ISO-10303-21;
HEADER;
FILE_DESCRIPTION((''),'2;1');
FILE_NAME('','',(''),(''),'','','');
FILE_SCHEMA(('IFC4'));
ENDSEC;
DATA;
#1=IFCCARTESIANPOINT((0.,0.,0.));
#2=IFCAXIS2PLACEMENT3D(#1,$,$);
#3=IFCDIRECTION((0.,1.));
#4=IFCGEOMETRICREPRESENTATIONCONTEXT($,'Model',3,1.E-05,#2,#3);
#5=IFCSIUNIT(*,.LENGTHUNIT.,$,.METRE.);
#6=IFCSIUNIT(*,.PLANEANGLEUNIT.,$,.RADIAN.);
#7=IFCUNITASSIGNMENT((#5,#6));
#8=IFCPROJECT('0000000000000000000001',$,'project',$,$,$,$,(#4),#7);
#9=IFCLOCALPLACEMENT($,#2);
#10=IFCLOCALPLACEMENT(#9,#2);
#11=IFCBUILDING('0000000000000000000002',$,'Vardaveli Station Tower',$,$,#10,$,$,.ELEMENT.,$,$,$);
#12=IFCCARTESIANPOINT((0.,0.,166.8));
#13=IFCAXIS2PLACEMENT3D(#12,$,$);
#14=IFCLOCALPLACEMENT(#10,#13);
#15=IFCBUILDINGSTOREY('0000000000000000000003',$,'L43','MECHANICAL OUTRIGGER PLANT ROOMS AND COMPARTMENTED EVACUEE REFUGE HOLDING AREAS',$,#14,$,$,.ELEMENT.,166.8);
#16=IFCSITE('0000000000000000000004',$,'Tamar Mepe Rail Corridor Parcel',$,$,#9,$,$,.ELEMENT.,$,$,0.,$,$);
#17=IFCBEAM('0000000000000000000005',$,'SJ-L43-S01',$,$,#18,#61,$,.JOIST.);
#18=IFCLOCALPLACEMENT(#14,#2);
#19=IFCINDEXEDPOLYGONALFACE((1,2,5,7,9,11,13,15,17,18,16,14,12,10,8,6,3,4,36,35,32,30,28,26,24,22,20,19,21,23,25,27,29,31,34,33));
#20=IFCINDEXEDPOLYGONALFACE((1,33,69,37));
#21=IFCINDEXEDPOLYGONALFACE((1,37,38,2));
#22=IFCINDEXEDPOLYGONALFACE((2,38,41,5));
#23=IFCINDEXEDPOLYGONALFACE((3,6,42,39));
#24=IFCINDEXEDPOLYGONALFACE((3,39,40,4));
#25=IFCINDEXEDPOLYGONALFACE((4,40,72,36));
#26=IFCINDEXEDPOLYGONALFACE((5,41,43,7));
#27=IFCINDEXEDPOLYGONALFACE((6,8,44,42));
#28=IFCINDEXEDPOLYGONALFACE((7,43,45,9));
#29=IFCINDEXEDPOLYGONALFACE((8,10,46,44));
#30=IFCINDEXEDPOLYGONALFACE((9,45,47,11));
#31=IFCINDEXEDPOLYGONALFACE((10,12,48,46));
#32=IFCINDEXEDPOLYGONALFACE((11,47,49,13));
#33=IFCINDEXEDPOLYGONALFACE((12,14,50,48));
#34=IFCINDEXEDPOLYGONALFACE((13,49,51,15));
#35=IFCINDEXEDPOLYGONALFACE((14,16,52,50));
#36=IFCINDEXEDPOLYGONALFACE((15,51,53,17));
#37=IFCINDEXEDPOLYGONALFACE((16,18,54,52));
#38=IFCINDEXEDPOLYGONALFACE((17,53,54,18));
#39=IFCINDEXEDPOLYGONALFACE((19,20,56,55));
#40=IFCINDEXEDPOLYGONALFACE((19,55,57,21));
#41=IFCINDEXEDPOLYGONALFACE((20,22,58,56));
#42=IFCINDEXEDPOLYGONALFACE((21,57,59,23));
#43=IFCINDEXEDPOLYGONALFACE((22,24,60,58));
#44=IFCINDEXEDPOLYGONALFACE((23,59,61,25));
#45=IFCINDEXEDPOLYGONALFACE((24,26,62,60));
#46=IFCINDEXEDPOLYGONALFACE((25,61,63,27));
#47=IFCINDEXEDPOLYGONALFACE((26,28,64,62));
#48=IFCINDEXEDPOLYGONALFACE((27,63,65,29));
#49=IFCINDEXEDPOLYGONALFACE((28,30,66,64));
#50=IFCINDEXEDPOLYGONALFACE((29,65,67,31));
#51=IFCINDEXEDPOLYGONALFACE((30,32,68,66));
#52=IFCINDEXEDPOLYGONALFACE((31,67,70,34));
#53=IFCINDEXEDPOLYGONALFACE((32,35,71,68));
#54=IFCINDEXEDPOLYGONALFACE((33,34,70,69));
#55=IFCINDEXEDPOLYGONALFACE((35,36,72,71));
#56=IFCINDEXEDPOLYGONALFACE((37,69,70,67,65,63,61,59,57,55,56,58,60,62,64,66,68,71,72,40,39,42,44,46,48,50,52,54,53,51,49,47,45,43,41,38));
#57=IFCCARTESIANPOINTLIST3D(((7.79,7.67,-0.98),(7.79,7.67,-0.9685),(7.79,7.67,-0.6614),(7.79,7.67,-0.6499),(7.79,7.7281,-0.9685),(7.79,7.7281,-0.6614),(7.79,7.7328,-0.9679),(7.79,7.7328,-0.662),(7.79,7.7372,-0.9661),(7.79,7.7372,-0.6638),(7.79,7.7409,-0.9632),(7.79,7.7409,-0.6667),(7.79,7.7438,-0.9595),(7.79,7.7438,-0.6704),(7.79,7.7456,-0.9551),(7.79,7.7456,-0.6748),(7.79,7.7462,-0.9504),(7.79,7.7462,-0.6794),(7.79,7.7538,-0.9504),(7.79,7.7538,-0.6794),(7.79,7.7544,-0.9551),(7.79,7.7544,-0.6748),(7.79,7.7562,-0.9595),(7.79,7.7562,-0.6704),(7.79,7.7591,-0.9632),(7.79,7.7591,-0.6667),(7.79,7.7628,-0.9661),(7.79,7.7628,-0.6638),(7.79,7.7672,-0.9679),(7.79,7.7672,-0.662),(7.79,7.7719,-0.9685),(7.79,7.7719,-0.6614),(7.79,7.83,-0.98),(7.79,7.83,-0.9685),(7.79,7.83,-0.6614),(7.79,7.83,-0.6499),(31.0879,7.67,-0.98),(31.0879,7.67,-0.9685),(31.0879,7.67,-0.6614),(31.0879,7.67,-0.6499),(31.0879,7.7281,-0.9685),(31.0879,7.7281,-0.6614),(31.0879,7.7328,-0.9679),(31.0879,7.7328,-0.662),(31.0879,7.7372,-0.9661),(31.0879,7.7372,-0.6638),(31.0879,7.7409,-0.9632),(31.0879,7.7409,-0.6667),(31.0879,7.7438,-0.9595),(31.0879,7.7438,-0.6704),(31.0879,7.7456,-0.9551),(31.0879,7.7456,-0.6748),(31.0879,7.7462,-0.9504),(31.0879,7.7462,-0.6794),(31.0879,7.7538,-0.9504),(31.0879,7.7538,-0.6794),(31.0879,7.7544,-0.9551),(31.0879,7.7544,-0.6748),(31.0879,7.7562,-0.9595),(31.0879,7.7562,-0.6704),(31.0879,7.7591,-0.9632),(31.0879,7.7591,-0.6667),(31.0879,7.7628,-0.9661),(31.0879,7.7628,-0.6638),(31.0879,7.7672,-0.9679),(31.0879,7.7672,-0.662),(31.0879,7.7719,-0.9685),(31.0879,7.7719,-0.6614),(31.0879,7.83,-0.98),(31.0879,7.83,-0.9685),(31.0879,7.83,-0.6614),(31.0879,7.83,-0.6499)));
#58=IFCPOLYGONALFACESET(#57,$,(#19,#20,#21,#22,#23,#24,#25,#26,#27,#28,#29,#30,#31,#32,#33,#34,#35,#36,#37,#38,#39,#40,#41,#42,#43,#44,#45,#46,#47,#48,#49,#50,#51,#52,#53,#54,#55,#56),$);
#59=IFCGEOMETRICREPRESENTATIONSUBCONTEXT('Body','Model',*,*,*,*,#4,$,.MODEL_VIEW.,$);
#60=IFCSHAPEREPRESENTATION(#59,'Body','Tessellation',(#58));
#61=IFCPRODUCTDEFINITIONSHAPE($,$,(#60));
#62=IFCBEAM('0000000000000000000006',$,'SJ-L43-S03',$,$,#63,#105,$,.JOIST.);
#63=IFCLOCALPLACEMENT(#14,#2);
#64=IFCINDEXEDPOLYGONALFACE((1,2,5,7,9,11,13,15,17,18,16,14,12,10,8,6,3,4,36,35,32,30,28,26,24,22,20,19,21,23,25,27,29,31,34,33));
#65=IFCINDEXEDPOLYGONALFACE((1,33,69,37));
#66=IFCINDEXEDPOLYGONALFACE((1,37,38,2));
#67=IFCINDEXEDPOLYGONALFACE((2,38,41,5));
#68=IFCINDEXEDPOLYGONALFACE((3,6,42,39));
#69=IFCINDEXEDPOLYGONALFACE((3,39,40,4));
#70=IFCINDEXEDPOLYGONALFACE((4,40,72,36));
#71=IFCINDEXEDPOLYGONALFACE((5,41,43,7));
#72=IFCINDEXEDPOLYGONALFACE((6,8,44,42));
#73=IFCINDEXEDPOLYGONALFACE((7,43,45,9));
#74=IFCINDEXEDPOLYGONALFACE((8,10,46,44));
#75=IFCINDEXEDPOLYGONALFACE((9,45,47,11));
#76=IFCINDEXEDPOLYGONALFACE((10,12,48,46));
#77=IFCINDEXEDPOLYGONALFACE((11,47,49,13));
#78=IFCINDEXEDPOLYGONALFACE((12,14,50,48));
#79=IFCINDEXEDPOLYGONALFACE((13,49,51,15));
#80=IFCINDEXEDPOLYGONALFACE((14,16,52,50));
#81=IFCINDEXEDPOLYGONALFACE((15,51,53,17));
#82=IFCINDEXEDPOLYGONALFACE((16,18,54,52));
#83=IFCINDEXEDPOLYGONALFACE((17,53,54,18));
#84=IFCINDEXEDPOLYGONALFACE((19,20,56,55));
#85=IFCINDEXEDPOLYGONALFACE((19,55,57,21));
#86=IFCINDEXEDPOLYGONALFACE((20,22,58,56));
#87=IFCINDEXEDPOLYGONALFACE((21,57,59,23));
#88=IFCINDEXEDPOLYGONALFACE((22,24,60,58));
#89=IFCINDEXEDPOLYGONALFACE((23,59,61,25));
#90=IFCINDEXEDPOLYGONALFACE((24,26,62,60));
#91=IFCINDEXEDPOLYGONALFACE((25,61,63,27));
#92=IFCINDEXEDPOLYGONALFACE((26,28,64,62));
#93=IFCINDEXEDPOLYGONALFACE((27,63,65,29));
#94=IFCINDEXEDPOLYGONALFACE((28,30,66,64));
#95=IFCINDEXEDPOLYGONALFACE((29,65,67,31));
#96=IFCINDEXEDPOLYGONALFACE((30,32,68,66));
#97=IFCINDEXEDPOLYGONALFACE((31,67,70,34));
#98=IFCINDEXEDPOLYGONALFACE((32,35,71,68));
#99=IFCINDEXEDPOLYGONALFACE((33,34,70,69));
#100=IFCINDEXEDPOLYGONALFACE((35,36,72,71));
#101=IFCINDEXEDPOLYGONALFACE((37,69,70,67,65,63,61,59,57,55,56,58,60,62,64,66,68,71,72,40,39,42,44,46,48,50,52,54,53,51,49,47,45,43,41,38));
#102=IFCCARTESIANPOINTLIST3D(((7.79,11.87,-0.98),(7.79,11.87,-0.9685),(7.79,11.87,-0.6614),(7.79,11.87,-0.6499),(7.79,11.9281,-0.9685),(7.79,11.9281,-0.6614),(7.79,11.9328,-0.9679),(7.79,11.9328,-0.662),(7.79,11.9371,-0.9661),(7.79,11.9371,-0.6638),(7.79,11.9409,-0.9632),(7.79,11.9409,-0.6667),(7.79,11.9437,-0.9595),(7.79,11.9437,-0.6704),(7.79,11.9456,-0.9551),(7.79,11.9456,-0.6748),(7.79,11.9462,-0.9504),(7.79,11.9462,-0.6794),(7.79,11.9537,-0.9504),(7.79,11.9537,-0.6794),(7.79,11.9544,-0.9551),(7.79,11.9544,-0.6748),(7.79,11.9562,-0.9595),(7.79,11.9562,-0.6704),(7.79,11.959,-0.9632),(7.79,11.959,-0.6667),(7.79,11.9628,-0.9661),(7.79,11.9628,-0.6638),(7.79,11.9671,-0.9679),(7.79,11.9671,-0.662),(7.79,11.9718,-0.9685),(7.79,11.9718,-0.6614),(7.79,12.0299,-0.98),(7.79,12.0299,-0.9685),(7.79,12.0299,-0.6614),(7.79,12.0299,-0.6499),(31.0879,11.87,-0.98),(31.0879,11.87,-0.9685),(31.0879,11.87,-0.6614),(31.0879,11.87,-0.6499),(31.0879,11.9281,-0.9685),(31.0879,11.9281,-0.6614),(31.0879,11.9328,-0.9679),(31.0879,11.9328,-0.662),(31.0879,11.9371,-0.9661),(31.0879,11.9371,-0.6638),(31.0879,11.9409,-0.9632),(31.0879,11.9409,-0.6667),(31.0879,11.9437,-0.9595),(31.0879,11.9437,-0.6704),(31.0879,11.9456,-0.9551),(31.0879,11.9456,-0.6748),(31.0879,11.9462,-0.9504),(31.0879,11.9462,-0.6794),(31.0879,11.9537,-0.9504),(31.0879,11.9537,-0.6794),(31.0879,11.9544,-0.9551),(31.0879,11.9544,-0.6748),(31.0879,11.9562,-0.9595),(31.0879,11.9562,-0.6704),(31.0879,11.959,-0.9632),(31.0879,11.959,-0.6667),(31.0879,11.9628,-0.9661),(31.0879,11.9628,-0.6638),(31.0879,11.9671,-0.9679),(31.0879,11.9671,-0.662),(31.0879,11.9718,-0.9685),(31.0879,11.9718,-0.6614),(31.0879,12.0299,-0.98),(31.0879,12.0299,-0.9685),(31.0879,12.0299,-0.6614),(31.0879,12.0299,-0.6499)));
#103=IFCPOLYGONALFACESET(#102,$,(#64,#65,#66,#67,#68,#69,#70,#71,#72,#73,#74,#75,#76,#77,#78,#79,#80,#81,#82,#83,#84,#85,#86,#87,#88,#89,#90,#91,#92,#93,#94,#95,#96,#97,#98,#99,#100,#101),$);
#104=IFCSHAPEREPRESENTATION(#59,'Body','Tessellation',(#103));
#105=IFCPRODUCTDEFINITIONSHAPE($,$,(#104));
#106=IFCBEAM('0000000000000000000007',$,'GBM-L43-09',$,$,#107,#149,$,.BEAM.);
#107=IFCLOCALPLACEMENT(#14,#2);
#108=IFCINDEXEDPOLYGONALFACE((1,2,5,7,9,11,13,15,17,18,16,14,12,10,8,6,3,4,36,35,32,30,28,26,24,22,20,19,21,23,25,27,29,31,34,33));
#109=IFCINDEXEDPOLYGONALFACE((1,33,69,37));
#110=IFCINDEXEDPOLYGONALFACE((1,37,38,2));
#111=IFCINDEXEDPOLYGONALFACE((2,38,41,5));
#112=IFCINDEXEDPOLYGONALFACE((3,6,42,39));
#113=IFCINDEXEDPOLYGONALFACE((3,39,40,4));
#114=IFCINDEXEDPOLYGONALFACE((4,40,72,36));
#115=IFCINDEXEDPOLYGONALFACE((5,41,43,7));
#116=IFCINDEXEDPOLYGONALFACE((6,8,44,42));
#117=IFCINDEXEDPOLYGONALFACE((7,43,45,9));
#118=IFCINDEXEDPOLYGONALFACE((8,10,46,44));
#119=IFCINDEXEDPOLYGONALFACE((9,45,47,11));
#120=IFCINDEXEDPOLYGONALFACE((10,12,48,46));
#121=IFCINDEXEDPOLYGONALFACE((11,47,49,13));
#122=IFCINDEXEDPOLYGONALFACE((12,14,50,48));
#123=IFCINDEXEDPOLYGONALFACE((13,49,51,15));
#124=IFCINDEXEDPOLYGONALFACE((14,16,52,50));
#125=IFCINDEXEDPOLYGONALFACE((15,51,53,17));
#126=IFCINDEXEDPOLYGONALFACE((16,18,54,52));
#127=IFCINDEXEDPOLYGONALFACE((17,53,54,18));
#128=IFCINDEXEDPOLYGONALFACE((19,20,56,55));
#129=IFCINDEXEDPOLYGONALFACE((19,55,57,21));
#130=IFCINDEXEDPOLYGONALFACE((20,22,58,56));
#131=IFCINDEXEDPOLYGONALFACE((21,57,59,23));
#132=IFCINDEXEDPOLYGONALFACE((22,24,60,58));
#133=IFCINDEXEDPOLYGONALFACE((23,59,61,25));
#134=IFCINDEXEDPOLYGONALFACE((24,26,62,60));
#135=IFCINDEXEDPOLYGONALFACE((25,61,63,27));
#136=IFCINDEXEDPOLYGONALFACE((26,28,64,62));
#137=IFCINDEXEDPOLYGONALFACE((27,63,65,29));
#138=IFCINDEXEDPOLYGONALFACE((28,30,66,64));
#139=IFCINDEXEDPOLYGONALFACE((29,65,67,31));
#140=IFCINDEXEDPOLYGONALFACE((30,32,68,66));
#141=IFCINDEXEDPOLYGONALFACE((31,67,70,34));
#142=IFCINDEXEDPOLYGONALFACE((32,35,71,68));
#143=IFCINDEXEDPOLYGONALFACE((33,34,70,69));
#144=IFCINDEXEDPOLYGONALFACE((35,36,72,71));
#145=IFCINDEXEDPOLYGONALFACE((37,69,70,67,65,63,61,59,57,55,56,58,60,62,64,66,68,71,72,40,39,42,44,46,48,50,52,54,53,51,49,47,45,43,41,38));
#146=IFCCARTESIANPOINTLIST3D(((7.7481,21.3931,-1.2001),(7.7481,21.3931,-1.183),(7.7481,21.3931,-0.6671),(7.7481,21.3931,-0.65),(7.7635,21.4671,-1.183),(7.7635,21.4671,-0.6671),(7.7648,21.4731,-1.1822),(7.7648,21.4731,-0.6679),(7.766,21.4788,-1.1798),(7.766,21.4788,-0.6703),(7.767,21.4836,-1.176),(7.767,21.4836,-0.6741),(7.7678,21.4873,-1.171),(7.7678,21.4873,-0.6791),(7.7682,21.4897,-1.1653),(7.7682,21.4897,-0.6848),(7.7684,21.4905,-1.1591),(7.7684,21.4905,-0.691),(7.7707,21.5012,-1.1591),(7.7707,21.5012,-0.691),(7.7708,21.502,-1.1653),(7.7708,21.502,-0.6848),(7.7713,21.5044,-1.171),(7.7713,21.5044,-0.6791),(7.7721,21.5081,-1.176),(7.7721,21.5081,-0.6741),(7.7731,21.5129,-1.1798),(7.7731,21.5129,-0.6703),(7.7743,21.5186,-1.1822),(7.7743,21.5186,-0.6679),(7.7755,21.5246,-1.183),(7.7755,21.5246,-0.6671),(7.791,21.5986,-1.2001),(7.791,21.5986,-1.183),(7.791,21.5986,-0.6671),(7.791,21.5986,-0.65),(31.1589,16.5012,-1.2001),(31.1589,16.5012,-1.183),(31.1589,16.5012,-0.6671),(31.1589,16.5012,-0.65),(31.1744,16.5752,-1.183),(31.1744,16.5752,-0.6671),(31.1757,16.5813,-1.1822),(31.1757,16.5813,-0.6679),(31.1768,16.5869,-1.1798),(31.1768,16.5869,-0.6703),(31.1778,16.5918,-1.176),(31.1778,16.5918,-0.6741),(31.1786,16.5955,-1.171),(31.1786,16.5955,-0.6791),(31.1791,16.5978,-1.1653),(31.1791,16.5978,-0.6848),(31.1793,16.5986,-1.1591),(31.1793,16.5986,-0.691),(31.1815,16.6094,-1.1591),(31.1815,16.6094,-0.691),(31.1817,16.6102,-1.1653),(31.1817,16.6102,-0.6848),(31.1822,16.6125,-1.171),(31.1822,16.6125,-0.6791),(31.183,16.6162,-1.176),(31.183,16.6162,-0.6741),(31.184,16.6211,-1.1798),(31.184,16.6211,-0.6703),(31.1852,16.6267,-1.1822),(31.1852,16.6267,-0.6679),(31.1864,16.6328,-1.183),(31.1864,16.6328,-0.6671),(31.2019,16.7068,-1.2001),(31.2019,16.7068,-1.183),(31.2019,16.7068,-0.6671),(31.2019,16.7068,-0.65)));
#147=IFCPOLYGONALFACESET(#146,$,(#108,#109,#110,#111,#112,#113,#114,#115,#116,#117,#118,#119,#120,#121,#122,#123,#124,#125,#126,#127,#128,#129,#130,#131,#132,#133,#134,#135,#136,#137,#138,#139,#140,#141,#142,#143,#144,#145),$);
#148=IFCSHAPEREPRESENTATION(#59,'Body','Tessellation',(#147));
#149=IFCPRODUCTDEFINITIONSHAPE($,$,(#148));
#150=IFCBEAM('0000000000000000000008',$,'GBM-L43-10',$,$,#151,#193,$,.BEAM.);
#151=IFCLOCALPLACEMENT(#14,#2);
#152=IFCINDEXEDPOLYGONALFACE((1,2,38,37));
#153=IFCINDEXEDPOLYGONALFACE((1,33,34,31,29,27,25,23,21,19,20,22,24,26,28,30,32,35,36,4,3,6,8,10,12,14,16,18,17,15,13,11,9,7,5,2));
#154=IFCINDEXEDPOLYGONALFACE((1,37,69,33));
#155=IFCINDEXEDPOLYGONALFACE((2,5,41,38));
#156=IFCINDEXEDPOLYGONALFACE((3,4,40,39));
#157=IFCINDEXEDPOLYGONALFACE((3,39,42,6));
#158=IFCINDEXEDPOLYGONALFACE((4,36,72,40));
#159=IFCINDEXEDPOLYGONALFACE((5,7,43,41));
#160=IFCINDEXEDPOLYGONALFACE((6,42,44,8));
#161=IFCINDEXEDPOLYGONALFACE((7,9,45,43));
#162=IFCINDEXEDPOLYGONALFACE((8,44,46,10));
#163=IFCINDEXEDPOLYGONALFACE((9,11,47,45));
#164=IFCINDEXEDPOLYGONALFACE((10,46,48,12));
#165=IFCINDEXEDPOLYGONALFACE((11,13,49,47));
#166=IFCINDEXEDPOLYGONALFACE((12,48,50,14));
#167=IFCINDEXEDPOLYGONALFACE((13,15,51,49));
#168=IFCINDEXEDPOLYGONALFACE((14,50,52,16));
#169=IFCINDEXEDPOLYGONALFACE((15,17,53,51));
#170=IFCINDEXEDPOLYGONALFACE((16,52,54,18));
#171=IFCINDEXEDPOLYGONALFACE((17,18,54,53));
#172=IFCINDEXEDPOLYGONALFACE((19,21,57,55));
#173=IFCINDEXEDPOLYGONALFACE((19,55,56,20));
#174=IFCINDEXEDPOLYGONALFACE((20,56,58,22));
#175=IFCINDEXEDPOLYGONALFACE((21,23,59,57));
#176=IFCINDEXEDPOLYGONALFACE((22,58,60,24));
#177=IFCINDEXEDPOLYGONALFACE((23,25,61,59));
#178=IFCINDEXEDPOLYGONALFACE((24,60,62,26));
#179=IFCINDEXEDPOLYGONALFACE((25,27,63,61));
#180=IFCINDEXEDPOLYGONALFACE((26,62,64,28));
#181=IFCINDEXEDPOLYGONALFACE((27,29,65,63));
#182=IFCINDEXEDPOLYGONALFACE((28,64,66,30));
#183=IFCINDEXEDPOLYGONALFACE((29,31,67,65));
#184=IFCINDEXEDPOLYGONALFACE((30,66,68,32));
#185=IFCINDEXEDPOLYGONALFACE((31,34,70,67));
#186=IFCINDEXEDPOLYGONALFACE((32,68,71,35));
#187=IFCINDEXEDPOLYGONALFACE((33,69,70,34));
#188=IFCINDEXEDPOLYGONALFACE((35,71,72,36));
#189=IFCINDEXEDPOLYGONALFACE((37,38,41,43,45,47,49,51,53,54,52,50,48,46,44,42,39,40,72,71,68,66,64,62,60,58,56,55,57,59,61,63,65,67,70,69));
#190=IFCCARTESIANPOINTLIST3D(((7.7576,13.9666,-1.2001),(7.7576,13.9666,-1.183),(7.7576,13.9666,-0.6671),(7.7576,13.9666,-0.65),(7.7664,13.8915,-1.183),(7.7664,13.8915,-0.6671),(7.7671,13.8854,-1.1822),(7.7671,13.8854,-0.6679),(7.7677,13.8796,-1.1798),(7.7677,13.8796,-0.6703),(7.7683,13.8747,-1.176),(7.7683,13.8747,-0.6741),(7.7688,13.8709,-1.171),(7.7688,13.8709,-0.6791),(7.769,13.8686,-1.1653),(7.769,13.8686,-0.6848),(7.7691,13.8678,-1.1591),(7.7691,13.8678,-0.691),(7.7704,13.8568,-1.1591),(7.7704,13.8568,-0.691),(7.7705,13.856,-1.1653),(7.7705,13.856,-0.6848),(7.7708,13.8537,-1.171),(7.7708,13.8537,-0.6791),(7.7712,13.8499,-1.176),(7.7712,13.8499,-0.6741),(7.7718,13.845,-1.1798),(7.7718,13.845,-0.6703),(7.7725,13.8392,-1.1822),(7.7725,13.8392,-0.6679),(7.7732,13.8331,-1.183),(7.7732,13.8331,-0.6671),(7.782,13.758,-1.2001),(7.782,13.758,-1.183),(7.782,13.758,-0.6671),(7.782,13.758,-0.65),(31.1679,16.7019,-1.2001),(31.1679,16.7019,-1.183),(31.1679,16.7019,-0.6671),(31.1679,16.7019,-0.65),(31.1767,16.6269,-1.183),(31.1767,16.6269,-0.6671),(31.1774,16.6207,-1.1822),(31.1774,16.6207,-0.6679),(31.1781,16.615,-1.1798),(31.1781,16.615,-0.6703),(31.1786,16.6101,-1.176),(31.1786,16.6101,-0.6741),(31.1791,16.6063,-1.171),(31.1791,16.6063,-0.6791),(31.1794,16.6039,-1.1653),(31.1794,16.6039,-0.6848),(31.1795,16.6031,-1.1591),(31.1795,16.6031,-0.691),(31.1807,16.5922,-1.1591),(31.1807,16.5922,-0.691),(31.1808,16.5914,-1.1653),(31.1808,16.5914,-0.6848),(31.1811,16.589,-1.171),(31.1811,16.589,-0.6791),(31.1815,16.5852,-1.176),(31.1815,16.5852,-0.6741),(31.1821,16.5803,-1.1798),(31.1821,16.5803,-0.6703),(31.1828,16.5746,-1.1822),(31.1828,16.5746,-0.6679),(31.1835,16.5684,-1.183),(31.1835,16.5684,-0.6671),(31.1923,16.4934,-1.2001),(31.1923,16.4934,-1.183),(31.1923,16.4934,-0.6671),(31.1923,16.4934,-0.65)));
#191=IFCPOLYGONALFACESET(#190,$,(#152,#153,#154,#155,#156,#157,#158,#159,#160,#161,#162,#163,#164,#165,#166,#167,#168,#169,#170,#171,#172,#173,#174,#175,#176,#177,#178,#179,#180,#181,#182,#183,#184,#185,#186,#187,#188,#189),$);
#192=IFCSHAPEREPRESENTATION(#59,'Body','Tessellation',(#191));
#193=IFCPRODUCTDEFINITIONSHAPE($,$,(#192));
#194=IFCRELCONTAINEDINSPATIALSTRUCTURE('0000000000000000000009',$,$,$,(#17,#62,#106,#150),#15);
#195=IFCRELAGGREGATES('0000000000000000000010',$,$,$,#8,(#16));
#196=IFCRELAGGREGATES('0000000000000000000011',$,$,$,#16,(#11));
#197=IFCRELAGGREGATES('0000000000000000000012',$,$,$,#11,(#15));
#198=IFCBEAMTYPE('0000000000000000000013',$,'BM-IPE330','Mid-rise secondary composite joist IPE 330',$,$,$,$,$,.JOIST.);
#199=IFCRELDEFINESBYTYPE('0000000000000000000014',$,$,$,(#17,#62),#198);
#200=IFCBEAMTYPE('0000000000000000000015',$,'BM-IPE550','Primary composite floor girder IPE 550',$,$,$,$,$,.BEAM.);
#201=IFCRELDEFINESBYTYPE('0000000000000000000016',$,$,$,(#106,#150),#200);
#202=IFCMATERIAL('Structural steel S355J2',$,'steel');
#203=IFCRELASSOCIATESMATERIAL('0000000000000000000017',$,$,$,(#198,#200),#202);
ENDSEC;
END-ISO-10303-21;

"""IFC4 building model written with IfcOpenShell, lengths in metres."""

from ifc_helpers import new_model, si_unit, direction, frame, origin, origin_2d, place, context, subcontext, project, spatial, i_section, extrude, source, transform, mapped, material, material_profile, profile_set, type_object, element, save


model = new_model("IFC4")

# Units and contexts
model_context = context("Model", 3, precision=1e-05, world=origin(), true_north=direction((0.0, 1.0)))
body_context = subcontext(model_context, "Body", "Model", "MODEL_VIEW")
ifc_project = project(units=[si_unit("LENGTHUNIT", "METRE"), si_unit("PLANEANGLEUNIT", "RADIAN")], contexts=[model_context])

# Site, building, storey
site_placement = place(None, origin())
site = spatial("IfcSite", under=ifc_project, at=site_placement, Name="Tamar Mepe Rail Corridor Parcel", CompositionType="ELEMENT", RefElevation=0.0)
building_placement = place(site_placement, origin())
building = spatial("IfcBuilding", under=site, at=building_placement, Name="Vardaveli Station Tower", CompositionType="ELEMENT")
storey_placement = place(building_placement, frame((0.0, 0.0, 166.8)))
storey = spatial("IfcBuildingStorey", under=building, at=storey_placement, Name="L43", Description="MECHANICAL OUTRIGGER PLANT ROOMS AND COMPARTMENTED EVACUEE REFUGE HOLDING AREAS", CompositionType="ELEMENT", Elevation=166.8)

# Beams
ifc_material_1 = material(Name="Structural steel S355J2", Category="steel")
ifc_material_profile_1 = material_profile(ifc_material_1, i_section(OverallWidth=0.1599, OverallDepth=0.3301, WebThickness=0.0076, FlangeThickness=0.0115, FilletRadius=0.0181, at=origin_2d()), Name="IPE 330")
ifc_profile_set_1 = profile_set([ifc_material_profile_1], Name="Structural steel S355J2")
beam_type_1 = type_object("IfcBeamType", Name="BM-IPE330", Description="Mid-rise secondary composite joist IPE 330", PredefinedType="JOIST", material=ifc_profile_set_1)
shared_shape_1 = source(origin(), body_context, "Body", "SweptSolid", [
    extrude(i_section(OverallWidth=0.1599, OverallDepth=0.3301, WebThickness=0.0076, FlangeThickness=0.0115, FilletRadius=0.0181, at=origin_2d()), origin(), (0.0, 0.0, 1.0), 23.2979),
])
for number, where, z_axis, x_axis, name in (
    (1, (7.79, 7.75, -0.8149), (1.0, 0.0, 0.0), (0.0, 1.0, 0.0), "SJ-L43-S01"),
    (2, (7.79, 11.95, -0.8149), (1.0, 0.0, 0.0), (0.0, 1.0, 0.0), "SJ-L43-S03"),
):
    element("IfcBeam", number, at=place(storey_placement, frame(where, z_axis=z_axis, x_axis=x_axis)), inside=storey, type_object=beam_type_1, Name=name, PredefinedType="JOIST", context=body_context, shape_type="MappedRepresentation", body=[
        mapped(shared_shape_1, transform((0.0, 0.0, 0.0), scale=1.0)),
    ])
ifc_material_profile_2 = material_profile(ifc_material_1, i_section(OverallWidth=0.21, OverallDepth=0.55, WebThickness=0.011, FlangeThickness=0.0171, FilletRadius=0.0239, at=origin_2d()), Name="IPE 550")
ifc_profile_set_2 = profile_set([ifc_material_profile_2], Name="Structural steel S355J2")
beam_type_2 = type_object("IfcBeamType", Name="BM-IPE550", Description="Primary composite floor girder IPE 550", PredefinedType="BEAM", material=ifc_profile_set_2)
shared_shape_2 = source(origin(), body_context, "Body", "SweptSolid", [
    extrude(i_section(OverallWidth=0.21, OverallDepth=0.55, WebThickness=0.011, FlangeThickness=0.0171, FilletRadius=0.0239, at=origin_2d()), origin(), (0.0, 0.0, 1.0), 23.9165),
])
beam_1_placement = place(storey_placement, frame((7.7695, 21.4958, -0.925), z_axis=(0.978859, -0.204538, 0.0), x_axis=(0.204538, 0.978859, 0.0)))
element("IfcBeam", 3, at=beam_1_placement, inside=storey, type_object=beam_type_2, Name="GBM-L43-09", PredefinedType="BEAM", context=body_context, shape_type="MappedRepresentation", body=[
    mapped(shared_shape_2, transform((0.0, 0.0, 0.0), scale=1.0)),
])
shared_shape_3 = source(origin(), body_context, "Body", "SweptSolid", [
    extrude(i_section(OverallWidth=0.21, OverallDepth=0.55, WebThickness=0.011, FlangeThickness=0.0171, FilletRadius=0.0239, at=origin_2d()), origin(), (0.0, 0.0, 1.0), 23.5696),
])
beam_2_placement = place(storey_placement, frame((7.7698, 13.8623, -0.925), z_axis=(0.993243, 0.116054, 0.0), x_axis=(-0.116054, 0.993243, 0.0)))
element("IfcBeam", 4, at=beam_2_placement, inside=storey, type_object=beam_type_2, Name="GBM-L43-10", PredefinedType="BEAM", context=body_context, shape_type="MappedRepresentation", body=[
    mapped(shared_shape_3, transform((0.0, 0.0, 0.0), scale=1.0)),
])

save(model, "model.ifc")
